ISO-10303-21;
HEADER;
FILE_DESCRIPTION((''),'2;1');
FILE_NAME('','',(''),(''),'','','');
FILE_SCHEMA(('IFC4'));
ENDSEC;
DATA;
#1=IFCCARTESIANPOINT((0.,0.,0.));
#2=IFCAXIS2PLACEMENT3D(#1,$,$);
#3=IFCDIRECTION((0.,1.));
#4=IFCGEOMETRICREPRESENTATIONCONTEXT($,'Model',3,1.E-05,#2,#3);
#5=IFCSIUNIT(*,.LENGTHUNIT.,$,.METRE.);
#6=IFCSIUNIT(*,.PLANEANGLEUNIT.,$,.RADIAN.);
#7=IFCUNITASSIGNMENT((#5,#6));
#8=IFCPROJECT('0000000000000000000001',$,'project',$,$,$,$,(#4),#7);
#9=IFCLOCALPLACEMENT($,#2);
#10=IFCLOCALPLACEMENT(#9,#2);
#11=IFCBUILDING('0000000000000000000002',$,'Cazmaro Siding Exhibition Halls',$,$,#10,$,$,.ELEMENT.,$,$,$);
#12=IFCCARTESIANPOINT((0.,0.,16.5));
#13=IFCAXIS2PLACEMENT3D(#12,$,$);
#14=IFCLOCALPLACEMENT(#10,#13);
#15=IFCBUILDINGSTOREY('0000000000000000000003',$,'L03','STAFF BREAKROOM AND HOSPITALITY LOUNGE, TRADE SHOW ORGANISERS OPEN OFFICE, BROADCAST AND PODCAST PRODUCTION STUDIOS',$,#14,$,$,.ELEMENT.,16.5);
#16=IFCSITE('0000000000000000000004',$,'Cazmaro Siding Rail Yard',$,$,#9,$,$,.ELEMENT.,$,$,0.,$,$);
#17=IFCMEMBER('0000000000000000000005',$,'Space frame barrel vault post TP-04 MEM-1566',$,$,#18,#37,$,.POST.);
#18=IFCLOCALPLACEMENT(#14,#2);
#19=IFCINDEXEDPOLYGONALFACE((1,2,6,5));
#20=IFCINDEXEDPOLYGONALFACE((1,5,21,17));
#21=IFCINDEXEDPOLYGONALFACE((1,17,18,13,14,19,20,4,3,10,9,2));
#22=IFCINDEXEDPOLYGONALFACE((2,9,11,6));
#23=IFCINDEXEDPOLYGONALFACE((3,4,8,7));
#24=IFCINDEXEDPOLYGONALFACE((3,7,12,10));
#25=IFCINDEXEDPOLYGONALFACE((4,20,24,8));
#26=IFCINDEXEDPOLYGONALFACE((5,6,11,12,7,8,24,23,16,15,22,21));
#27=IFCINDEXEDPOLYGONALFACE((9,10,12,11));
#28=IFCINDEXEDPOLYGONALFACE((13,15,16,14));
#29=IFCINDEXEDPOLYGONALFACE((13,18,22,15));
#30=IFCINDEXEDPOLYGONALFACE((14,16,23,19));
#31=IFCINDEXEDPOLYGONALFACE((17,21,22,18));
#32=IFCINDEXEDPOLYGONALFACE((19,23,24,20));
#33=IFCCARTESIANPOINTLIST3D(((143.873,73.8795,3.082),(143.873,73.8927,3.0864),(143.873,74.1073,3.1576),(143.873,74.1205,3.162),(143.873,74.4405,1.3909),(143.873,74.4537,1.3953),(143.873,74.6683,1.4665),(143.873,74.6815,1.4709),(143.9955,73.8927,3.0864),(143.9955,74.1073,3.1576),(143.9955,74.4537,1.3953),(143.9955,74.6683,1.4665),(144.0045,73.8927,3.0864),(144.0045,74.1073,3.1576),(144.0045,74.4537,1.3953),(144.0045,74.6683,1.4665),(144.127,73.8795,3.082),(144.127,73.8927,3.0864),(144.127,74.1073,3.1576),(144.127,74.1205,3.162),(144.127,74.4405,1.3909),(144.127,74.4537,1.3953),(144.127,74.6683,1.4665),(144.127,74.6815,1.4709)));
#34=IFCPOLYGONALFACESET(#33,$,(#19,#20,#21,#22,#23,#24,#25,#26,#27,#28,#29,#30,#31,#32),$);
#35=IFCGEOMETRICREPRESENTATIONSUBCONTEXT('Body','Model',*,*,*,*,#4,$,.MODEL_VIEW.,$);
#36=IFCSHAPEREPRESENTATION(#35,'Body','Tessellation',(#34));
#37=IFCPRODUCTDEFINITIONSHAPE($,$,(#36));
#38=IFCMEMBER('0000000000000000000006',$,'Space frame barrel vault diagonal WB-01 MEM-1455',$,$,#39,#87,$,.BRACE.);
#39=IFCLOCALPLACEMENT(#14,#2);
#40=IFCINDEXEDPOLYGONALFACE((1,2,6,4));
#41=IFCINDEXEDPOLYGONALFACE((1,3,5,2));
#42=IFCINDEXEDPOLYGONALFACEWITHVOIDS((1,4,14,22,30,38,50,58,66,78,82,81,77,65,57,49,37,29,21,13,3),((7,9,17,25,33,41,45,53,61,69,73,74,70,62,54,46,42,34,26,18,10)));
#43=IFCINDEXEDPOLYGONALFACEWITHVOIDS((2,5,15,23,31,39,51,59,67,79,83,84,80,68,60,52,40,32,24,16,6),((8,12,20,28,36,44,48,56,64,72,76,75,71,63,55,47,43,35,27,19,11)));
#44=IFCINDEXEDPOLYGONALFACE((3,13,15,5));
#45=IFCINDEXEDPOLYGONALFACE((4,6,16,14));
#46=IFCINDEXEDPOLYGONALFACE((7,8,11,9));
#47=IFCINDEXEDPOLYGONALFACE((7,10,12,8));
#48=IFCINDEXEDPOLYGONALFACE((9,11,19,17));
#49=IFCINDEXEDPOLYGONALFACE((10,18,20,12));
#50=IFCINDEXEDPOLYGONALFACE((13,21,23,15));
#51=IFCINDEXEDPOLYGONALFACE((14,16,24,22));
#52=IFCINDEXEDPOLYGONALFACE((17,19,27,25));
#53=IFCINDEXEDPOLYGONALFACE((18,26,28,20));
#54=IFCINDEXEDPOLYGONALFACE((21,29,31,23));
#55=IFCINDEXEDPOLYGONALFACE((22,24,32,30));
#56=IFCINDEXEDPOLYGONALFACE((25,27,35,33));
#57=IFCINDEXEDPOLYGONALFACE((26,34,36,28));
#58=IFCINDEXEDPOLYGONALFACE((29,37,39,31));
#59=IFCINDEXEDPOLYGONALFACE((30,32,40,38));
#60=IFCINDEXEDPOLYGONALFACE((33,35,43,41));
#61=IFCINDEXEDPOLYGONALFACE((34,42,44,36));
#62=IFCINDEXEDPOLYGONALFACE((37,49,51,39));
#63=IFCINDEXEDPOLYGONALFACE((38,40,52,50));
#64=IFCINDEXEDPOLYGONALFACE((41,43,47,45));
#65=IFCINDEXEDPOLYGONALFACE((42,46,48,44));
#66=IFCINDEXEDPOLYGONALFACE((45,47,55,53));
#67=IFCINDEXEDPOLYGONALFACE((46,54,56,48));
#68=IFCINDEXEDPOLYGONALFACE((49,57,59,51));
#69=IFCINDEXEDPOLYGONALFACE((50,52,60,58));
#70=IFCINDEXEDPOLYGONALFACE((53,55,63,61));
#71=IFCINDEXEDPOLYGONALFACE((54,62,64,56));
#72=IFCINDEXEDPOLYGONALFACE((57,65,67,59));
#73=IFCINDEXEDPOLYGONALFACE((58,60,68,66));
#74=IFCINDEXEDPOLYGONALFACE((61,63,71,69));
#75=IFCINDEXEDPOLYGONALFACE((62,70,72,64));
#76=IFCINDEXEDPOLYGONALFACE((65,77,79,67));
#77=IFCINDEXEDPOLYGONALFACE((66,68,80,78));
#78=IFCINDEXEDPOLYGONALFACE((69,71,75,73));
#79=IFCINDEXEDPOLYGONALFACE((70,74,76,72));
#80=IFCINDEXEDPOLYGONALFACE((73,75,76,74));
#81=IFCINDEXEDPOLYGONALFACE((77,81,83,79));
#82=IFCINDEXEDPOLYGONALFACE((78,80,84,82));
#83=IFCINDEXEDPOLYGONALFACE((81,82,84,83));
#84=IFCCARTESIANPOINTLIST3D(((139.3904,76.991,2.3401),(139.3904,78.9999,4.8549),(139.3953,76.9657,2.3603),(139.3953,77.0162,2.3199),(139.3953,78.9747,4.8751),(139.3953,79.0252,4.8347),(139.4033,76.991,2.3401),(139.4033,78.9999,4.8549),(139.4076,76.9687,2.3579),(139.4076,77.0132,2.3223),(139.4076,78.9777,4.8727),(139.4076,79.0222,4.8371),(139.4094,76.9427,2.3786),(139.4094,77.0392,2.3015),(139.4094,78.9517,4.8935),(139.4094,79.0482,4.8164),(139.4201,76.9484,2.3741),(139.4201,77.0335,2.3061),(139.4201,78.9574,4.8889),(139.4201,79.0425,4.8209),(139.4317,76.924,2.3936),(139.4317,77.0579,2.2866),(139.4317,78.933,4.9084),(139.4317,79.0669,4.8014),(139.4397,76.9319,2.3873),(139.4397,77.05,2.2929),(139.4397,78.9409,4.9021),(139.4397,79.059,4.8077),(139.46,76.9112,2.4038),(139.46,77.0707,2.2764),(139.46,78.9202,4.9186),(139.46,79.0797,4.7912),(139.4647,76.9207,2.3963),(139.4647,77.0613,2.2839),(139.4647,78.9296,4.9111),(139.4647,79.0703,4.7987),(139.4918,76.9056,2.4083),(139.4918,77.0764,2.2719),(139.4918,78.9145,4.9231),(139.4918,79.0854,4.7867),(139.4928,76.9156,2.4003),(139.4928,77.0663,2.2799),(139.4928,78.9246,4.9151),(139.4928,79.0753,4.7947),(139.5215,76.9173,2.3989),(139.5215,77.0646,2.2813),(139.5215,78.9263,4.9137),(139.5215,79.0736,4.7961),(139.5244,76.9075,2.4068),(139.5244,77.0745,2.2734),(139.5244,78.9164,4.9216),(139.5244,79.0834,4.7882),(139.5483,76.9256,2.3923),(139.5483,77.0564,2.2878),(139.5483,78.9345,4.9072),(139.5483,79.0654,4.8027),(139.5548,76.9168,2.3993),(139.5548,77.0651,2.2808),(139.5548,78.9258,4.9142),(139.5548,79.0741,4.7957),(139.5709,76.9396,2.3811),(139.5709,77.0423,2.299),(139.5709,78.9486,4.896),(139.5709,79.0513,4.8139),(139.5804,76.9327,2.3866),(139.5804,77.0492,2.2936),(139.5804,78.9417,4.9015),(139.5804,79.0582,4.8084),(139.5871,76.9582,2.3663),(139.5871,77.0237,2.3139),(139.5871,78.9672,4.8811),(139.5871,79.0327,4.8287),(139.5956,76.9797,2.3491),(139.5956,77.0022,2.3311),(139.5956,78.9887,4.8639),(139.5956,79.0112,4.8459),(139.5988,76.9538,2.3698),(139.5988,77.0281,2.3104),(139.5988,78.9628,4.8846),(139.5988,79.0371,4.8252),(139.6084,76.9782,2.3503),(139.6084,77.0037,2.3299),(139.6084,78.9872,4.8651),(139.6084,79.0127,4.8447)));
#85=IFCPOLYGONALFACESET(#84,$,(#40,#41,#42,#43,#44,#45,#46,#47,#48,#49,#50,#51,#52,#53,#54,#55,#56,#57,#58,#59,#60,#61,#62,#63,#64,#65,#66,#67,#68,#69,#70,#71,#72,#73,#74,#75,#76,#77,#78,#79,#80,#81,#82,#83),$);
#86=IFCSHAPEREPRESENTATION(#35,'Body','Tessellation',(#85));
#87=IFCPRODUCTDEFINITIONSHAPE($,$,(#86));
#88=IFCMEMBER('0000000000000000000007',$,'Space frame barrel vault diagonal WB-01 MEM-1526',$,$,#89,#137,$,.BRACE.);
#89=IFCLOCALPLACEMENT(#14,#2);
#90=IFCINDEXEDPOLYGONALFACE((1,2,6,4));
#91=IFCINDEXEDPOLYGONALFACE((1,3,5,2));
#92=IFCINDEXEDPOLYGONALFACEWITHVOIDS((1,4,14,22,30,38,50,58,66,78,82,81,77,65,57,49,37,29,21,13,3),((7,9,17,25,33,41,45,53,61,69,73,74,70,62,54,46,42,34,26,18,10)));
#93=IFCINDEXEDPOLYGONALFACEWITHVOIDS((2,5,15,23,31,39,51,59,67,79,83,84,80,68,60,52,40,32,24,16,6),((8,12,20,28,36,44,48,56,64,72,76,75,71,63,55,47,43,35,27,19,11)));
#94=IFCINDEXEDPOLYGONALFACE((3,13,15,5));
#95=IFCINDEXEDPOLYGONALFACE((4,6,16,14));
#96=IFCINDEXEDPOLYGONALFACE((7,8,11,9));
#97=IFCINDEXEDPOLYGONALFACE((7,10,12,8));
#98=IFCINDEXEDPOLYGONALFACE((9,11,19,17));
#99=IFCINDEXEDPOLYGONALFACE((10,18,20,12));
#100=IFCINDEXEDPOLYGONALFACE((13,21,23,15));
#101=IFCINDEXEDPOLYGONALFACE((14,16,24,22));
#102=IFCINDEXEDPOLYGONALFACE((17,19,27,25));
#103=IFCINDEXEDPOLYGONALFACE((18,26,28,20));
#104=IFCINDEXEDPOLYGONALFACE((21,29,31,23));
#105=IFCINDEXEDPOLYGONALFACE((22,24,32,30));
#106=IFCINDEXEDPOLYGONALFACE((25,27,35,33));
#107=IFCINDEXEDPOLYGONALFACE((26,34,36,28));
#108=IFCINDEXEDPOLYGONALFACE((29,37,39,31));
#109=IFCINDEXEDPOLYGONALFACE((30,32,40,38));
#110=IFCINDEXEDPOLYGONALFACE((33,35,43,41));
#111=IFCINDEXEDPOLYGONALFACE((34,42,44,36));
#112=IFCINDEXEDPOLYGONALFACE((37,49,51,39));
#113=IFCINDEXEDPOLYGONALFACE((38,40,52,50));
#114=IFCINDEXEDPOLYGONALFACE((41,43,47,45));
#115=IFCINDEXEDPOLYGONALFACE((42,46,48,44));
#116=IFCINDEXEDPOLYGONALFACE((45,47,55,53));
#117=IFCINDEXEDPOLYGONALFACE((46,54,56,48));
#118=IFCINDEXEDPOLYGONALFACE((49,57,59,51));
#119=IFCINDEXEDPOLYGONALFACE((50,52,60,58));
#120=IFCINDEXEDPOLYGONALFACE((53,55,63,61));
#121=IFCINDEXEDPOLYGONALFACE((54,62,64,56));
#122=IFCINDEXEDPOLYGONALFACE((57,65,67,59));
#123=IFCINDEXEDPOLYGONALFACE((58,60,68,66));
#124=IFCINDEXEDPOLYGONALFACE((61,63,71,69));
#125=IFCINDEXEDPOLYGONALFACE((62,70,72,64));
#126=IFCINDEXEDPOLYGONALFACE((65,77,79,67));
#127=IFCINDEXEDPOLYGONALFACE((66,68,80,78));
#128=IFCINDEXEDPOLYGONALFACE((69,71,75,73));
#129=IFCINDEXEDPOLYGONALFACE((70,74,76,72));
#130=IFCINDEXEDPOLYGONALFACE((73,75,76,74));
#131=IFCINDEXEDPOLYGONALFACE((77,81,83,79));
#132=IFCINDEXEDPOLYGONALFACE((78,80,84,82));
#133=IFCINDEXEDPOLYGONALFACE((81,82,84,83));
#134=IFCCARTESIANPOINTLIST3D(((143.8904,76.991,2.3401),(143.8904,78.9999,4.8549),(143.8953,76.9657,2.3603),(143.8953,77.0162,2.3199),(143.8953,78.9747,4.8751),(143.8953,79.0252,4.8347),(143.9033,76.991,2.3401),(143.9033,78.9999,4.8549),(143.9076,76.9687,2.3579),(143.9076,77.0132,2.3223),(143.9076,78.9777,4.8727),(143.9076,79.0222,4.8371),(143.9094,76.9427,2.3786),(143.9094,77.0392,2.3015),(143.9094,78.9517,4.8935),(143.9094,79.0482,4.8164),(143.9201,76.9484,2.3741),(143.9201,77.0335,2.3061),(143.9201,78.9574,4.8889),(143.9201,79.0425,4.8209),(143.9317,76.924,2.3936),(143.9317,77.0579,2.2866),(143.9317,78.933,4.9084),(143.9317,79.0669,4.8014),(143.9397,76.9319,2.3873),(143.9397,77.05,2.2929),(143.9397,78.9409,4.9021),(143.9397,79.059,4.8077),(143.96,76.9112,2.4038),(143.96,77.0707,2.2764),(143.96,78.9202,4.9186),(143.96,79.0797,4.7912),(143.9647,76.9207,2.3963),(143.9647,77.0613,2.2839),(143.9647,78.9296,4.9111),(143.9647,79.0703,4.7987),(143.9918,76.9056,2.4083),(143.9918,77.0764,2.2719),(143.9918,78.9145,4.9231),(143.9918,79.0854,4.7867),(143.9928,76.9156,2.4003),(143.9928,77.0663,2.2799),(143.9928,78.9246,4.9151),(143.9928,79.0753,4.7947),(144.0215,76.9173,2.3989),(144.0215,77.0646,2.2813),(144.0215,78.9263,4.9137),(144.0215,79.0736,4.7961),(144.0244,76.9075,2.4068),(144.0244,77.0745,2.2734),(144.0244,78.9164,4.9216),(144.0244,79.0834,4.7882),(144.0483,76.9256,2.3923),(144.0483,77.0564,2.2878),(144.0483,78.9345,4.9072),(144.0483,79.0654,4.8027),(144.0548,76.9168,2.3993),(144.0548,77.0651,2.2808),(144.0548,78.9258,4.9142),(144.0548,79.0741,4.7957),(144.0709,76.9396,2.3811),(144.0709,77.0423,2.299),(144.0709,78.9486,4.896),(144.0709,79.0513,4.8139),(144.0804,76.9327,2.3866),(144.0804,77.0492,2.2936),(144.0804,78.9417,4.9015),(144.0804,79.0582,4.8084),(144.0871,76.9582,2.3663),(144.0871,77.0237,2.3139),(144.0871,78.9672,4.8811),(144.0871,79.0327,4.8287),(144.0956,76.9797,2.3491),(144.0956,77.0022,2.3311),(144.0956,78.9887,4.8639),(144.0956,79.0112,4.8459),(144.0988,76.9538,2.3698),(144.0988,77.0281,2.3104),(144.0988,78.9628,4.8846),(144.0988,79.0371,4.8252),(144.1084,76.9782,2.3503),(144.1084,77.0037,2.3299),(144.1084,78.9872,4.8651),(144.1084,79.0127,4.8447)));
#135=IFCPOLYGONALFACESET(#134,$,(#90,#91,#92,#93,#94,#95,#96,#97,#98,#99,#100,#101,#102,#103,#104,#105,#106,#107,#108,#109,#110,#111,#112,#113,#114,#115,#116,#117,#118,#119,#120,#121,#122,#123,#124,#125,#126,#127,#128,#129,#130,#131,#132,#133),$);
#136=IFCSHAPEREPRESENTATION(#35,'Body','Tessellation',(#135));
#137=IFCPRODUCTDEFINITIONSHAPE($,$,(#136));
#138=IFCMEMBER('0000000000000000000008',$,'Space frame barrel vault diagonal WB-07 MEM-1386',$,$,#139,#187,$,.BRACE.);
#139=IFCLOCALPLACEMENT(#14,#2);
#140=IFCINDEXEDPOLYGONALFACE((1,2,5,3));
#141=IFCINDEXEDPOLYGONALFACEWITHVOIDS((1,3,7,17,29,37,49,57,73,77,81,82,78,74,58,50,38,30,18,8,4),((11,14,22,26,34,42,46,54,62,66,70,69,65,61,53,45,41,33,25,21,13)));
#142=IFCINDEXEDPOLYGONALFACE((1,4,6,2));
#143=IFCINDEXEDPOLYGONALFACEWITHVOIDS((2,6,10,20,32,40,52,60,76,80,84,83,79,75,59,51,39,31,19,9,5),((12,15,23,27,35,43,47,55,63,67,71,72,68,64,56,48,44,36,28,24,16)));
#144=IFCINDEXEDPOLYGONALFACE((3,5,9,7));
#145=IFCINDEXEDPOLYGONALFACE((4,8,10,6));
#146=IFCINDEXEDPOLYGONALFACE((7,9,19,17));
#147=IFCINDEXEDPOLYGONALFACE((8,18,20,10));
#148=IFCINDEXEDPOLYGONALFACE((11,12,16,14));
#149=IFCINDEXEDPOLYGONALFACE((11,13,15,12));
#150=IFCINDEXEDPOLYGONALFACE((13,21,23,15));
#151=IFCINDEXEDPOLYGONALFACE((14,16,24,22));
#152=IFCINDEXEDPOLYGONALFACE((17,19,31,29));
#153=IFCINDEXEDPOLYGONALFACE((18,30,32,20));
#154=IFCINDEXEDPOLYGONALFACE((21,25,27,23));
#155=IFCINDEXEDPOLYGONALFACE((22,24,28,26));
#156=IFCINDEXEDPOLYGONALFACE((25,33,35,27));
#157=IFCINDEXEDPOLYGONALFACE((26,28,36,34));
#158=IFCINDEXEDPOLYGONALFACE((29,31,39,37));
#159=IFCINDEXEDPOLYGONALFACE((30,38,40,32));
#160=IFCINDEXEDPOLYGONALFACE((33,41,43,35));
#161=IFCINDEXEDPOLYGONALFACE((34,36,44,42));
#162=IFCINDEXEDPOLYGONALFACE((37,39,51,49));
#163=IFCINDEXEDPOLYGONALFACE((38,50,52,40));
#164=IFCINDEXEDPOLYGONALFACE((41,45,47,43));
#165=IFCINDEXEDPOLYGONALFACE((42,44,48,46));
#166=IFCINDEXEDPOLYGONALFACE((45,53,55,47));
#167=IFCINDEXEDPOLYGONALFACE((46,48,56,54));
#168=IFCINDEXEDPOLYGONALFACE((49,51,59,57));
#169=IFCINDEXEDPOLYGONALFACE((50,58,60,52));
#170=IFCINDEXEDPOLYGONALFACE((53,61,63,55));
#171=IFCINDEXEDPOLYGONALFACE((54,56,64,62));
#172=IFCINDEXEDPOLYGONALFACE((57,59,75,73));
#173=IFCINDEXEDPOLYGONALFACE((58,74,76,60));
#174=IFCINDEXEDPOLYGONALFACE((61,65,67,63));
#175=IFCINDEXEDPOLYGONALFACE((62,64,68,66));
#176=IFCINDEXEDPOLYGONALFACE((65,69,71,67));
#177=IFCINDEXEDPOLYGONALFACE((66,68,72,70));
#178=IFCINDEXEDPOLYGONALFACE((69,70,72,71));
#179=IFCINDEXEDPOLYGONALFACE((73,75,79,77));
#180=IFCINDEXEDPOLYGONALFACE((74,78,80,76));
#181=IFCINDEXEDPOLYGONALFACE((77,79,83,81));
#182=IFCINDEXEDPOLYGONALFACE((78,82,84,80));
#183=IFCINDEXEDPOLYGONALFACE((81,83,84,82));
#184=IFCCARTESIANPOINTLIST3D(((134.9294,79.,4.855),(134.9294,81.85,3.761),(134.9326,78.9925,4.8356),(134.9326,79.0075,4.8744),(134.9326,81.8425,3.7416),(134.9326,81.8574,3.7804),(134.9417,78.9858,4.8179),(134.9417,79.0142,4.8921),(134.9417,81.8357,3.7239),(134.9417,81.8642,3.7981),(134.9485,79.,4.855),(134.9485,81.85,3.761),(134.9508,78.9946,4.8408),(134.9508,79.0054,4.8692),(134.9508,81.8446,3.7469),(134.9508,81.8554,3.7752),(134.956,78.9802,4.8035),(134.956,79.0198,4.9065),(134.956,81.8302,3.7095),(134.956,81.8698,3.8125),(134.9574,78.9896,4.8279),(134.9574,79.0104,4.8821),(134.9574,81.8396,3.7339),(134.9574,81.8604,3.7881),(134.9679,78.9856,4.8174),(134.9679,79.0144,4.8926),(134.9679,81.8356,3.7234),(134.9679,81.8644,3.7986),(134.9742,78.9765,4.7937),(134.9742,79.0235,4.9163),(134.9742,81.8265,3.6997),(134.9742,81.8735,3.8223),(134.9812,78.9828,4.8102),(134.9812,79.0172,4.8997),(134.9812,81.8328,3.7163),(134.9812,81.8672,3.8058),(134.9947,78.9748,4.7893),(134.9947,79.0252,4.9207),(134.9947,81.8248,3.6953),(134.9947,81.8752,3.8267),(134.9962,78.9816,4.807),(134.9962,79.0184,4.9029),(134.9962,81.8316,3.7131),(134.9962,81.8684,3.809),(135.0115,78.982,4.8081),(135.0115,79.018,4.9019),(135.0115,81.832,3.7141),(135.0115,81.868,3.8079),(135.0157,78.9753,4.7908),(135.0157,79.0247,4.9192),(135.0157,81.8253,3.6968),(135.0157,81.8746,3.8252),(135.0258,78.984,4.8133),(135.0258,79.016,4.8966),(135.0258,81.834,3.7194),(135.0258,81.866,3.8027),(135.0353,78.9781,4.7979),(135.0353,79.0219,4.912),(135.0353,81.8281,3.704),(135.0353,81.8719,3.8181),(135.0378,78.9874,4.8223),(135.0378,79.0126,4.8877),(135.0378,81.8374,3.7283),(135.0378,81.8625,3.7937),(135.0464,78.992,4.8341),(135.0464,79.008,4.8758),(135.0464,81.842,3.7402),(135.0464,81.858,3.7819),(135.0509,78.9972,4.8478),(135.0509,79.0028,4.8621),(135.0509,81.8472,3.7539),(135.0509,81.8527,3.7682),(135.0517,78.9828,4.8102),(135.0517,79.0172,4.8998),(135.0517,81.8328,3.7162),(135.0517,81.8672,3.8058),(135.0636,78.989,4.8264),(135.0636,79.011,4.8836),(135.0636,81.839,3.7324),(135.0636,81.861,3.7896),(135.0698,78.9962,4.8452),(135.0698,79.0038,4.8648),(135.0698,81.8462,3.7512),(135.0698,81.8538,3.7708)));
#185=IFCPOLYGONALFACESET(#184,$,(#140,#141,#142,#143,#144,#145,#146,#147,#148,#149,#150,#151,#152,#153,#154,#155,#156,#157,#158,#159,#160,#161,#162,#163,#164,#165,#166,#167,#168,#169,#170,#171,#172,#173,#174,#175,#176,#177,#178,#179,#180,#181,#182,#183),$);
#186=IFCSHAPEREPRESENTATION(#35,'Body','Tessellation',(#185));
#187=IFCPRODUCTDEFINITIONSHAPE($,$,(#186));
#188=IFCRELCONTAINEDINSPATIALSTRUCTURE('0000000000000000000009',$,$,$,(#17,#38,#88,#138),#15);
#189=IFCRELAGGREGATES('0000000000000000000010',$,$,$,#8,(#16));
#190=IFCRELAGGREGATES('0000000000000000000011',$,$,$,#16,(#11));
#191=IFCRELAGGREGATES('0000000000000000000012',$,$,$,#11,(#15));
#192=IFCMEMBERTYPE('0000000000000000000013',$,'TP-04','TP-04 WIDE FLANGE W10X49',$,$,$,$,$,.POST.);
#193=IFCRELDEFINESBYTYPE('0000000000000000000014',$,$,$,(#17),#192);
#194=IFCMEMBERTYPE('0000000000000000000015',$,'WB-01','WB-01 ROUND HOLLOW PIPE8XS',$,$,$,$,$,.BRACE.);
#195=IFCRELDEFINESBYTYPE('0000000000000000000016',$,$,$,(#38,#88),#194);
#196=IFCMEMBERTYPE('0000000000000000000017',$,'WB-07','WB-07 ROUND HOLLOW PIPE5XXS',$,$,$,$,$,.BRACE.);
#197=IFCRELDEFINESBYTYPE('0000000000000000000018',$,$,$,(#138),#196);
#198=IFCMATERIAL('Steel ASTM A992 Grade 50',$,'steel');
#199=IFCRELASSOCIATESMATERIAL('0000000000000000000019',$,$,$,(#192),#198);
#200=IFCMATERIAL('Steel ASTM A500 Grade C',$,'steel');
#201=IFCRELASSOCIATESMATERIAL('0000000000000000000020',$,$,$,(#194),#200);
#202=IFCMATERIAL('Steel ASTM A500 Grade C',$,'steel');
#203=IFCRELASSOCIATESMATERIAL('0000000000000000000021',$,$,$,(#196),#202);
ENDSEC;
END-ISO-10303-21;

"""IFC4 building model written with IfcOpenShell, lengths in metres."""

from ifc_helpers import new_model, si_unit, direction, frame, origin, origin_2d, place, context, subcontext, project, spatial, hollow_circle, i_section, extrude, material, material_profile, profile_set, type_object, element, save


model = new_model("IFC4")

# Units and contexts
model_context = context("Model", 3, precision=1e-05, world=origin(), true_north=direction((0.0, 1.0)))
body_context = subcontext(model_context, "Body", "Model", "MODEL_VIEW")
ifc_project = project(units=[si_unit("LENGTHUNIT", "METRE"), si_unit("PLANEANGLEUNIT", "RADIAN")], contexts=[model_context])

# Site, building, storey
site_placement = place(None, origin())
site = spatial("IfcSite", under=ifc_project, at=site_placement, Name="Cazmaro Siding Rail Yard", CompositionType="ELEMENT", RefElevation=0.0)
building_placement = place(site_placement, origin())
building = spatial("IfcBuilding", under=site, at=building_placement, Name="Cazmaro Siding Exhibition Halls", CompositionType="ELEMENT")
storey_placement = place(building_placement, frame((0.0, 0.0, 16.5)))
storey = spatial("IfcBuildingStorey", under=building, at=storey_placement, Name="L03", Description="STAFF BREAKROOM AND HOSPITALITY LOUNGE, TRADE SHOW ORGANISERS OPEN OFFICE, BROADCAST AND PODCAST PRODUCTION STUDIOS", CompositionType="ELEMENT", Elevation=16.5)

# Members
ifc_material_1 = material(Name="Steel ASTM A992 Grade 50", Category="steel")
ifc_material_profile_1 = material_profile(ifc_material_1, i_section(OverallWidth=0.2539, OverallDepth=0.2539, WebThickness=0.009, FlangeThickness=0.0139, at=origin_2d()), Name="W10X49")
ifc_profile_set_1 = profile_set([ifc_material_profile_1], Name="Steel ASTM A992 Grade 50")
member_type_1 = type_object("IfcMemberType", Name="TP-04", Description="TP-04 WIDE FLANGE W10X49", PredefinedType="POST", material=ifc_profile_set_1)
member_1_placement = place(storey_placement, frame((144.0, 74.561, 1.4309), z_axis=(0.0, -0.314871, 0.949134), x_axis=(1.0, 0.0, 0.0)))
element("IfcMember", 1, at=member_1_placement, inside=storey, type_object=member_type_1, Name="Space frame barrel vault post TP-04 MEM-1566", PredefinedType="POST", context=body_context, shape_type="SweptSolid", body=[
    extrude(i_section(OverallWidth=0.2539, OverallDepth=0.2539, WebThickness=0.009, FlangeThickness=0.0139, at=origin_2d()), origin(), (0.0, 0.0, 1.0), 1.7817),
])
ifc_material_2 = material(Name="Steel ASTM A500 Grade C", Category="steel")
ifc_material_profile_2 = material_profile(ifc_material_2, hollow_circle(Radius=0.1096, WallThickness=0.0129, at=origin_2d()), Name="PIPE8XS")
ifc_profile_set_2 = profile_set([ifc_material_profile_2], Name="Steel ASTM A500 Grade C")
member_type_2 = type_object("IfcMemberType", Name="WB-01", Description="WB-01 ROUND HOLLOW PIPE8XS", PredefinedType="BRACE", material=ifc_profile_set_2)
for number, where, z_axis, x_axis, name in (
    (2, (139.5, 76.991, 2.3401), (0.0, 0.624149, 0.781305), (-1.0, 0.0, 0.0), "Space frame barrel vault diagonal WB-01 MEM-1455"),
    (3, (144.0, 76.991, 2.3401), (0.0, 0.624149, 0.781305), (-1.0, 0.0, 0.0), "Space frame barrel vault diagonal WB-01 MEM-1526"),
):
    element("IfcMember", number, at=place(storey_placement, frame(where, z_axis=z_axis, x_axis=x_axis)), inside=storey, type_object=member_type_2, Name=name, PredefinedType="BRACE", context=body_context, shape_type="SweptSolid", body=[
        extrude(hollow_circle(Radius=0.1096, WallThickness=0.0129, at=origin_2d()), origin(), (0.0, 0.0, 1.0), 3.2188),
    ])
ifc_material_3 = material(Name="Steel ASTM A500 Grade C", Category="steel")
ifc_material_profile_3 = material_profile(ifc_material_3, hollow_circle(Radius=0.0706, WallThickness=0.019, at=origin_2d()), Name="PIPE5XXS")
ifc_profile_set_3 = profile_set([ifc_material_profile_3], Name="Steel ASTM A500 Grade C")
member_type_3 = type_object("IfcMemberType", Name="WB-07", Description="WB-07 ROUND HOLLOW PIPE5XXS", PredefinedType="BRACE", material=ifc_profile_set_3)
member_2_placement = place(storey_placement, frame((135.0, 79.0, 4.855), z_axis=(0.0, 0.933587, -0.358352), x_axis=(-1.0, 0.0, 0.0)))
element("IfcMember", 4, at=member_2_placement, inside=storey, type_object=member_type_3, Name="Space frame barrel vault diagonal WB-07 MEM-1386", PredefinedType="BRACE", context=body_context, shape_type="SweptSolid", body=[
    extrude(hollow_circle(Radius=0.0706, WallThickness=0.019, at=origin_2d()), origin(), (0.0, 0.0, 1.0), 3.0527),
])

save(model, "model.ifc")
